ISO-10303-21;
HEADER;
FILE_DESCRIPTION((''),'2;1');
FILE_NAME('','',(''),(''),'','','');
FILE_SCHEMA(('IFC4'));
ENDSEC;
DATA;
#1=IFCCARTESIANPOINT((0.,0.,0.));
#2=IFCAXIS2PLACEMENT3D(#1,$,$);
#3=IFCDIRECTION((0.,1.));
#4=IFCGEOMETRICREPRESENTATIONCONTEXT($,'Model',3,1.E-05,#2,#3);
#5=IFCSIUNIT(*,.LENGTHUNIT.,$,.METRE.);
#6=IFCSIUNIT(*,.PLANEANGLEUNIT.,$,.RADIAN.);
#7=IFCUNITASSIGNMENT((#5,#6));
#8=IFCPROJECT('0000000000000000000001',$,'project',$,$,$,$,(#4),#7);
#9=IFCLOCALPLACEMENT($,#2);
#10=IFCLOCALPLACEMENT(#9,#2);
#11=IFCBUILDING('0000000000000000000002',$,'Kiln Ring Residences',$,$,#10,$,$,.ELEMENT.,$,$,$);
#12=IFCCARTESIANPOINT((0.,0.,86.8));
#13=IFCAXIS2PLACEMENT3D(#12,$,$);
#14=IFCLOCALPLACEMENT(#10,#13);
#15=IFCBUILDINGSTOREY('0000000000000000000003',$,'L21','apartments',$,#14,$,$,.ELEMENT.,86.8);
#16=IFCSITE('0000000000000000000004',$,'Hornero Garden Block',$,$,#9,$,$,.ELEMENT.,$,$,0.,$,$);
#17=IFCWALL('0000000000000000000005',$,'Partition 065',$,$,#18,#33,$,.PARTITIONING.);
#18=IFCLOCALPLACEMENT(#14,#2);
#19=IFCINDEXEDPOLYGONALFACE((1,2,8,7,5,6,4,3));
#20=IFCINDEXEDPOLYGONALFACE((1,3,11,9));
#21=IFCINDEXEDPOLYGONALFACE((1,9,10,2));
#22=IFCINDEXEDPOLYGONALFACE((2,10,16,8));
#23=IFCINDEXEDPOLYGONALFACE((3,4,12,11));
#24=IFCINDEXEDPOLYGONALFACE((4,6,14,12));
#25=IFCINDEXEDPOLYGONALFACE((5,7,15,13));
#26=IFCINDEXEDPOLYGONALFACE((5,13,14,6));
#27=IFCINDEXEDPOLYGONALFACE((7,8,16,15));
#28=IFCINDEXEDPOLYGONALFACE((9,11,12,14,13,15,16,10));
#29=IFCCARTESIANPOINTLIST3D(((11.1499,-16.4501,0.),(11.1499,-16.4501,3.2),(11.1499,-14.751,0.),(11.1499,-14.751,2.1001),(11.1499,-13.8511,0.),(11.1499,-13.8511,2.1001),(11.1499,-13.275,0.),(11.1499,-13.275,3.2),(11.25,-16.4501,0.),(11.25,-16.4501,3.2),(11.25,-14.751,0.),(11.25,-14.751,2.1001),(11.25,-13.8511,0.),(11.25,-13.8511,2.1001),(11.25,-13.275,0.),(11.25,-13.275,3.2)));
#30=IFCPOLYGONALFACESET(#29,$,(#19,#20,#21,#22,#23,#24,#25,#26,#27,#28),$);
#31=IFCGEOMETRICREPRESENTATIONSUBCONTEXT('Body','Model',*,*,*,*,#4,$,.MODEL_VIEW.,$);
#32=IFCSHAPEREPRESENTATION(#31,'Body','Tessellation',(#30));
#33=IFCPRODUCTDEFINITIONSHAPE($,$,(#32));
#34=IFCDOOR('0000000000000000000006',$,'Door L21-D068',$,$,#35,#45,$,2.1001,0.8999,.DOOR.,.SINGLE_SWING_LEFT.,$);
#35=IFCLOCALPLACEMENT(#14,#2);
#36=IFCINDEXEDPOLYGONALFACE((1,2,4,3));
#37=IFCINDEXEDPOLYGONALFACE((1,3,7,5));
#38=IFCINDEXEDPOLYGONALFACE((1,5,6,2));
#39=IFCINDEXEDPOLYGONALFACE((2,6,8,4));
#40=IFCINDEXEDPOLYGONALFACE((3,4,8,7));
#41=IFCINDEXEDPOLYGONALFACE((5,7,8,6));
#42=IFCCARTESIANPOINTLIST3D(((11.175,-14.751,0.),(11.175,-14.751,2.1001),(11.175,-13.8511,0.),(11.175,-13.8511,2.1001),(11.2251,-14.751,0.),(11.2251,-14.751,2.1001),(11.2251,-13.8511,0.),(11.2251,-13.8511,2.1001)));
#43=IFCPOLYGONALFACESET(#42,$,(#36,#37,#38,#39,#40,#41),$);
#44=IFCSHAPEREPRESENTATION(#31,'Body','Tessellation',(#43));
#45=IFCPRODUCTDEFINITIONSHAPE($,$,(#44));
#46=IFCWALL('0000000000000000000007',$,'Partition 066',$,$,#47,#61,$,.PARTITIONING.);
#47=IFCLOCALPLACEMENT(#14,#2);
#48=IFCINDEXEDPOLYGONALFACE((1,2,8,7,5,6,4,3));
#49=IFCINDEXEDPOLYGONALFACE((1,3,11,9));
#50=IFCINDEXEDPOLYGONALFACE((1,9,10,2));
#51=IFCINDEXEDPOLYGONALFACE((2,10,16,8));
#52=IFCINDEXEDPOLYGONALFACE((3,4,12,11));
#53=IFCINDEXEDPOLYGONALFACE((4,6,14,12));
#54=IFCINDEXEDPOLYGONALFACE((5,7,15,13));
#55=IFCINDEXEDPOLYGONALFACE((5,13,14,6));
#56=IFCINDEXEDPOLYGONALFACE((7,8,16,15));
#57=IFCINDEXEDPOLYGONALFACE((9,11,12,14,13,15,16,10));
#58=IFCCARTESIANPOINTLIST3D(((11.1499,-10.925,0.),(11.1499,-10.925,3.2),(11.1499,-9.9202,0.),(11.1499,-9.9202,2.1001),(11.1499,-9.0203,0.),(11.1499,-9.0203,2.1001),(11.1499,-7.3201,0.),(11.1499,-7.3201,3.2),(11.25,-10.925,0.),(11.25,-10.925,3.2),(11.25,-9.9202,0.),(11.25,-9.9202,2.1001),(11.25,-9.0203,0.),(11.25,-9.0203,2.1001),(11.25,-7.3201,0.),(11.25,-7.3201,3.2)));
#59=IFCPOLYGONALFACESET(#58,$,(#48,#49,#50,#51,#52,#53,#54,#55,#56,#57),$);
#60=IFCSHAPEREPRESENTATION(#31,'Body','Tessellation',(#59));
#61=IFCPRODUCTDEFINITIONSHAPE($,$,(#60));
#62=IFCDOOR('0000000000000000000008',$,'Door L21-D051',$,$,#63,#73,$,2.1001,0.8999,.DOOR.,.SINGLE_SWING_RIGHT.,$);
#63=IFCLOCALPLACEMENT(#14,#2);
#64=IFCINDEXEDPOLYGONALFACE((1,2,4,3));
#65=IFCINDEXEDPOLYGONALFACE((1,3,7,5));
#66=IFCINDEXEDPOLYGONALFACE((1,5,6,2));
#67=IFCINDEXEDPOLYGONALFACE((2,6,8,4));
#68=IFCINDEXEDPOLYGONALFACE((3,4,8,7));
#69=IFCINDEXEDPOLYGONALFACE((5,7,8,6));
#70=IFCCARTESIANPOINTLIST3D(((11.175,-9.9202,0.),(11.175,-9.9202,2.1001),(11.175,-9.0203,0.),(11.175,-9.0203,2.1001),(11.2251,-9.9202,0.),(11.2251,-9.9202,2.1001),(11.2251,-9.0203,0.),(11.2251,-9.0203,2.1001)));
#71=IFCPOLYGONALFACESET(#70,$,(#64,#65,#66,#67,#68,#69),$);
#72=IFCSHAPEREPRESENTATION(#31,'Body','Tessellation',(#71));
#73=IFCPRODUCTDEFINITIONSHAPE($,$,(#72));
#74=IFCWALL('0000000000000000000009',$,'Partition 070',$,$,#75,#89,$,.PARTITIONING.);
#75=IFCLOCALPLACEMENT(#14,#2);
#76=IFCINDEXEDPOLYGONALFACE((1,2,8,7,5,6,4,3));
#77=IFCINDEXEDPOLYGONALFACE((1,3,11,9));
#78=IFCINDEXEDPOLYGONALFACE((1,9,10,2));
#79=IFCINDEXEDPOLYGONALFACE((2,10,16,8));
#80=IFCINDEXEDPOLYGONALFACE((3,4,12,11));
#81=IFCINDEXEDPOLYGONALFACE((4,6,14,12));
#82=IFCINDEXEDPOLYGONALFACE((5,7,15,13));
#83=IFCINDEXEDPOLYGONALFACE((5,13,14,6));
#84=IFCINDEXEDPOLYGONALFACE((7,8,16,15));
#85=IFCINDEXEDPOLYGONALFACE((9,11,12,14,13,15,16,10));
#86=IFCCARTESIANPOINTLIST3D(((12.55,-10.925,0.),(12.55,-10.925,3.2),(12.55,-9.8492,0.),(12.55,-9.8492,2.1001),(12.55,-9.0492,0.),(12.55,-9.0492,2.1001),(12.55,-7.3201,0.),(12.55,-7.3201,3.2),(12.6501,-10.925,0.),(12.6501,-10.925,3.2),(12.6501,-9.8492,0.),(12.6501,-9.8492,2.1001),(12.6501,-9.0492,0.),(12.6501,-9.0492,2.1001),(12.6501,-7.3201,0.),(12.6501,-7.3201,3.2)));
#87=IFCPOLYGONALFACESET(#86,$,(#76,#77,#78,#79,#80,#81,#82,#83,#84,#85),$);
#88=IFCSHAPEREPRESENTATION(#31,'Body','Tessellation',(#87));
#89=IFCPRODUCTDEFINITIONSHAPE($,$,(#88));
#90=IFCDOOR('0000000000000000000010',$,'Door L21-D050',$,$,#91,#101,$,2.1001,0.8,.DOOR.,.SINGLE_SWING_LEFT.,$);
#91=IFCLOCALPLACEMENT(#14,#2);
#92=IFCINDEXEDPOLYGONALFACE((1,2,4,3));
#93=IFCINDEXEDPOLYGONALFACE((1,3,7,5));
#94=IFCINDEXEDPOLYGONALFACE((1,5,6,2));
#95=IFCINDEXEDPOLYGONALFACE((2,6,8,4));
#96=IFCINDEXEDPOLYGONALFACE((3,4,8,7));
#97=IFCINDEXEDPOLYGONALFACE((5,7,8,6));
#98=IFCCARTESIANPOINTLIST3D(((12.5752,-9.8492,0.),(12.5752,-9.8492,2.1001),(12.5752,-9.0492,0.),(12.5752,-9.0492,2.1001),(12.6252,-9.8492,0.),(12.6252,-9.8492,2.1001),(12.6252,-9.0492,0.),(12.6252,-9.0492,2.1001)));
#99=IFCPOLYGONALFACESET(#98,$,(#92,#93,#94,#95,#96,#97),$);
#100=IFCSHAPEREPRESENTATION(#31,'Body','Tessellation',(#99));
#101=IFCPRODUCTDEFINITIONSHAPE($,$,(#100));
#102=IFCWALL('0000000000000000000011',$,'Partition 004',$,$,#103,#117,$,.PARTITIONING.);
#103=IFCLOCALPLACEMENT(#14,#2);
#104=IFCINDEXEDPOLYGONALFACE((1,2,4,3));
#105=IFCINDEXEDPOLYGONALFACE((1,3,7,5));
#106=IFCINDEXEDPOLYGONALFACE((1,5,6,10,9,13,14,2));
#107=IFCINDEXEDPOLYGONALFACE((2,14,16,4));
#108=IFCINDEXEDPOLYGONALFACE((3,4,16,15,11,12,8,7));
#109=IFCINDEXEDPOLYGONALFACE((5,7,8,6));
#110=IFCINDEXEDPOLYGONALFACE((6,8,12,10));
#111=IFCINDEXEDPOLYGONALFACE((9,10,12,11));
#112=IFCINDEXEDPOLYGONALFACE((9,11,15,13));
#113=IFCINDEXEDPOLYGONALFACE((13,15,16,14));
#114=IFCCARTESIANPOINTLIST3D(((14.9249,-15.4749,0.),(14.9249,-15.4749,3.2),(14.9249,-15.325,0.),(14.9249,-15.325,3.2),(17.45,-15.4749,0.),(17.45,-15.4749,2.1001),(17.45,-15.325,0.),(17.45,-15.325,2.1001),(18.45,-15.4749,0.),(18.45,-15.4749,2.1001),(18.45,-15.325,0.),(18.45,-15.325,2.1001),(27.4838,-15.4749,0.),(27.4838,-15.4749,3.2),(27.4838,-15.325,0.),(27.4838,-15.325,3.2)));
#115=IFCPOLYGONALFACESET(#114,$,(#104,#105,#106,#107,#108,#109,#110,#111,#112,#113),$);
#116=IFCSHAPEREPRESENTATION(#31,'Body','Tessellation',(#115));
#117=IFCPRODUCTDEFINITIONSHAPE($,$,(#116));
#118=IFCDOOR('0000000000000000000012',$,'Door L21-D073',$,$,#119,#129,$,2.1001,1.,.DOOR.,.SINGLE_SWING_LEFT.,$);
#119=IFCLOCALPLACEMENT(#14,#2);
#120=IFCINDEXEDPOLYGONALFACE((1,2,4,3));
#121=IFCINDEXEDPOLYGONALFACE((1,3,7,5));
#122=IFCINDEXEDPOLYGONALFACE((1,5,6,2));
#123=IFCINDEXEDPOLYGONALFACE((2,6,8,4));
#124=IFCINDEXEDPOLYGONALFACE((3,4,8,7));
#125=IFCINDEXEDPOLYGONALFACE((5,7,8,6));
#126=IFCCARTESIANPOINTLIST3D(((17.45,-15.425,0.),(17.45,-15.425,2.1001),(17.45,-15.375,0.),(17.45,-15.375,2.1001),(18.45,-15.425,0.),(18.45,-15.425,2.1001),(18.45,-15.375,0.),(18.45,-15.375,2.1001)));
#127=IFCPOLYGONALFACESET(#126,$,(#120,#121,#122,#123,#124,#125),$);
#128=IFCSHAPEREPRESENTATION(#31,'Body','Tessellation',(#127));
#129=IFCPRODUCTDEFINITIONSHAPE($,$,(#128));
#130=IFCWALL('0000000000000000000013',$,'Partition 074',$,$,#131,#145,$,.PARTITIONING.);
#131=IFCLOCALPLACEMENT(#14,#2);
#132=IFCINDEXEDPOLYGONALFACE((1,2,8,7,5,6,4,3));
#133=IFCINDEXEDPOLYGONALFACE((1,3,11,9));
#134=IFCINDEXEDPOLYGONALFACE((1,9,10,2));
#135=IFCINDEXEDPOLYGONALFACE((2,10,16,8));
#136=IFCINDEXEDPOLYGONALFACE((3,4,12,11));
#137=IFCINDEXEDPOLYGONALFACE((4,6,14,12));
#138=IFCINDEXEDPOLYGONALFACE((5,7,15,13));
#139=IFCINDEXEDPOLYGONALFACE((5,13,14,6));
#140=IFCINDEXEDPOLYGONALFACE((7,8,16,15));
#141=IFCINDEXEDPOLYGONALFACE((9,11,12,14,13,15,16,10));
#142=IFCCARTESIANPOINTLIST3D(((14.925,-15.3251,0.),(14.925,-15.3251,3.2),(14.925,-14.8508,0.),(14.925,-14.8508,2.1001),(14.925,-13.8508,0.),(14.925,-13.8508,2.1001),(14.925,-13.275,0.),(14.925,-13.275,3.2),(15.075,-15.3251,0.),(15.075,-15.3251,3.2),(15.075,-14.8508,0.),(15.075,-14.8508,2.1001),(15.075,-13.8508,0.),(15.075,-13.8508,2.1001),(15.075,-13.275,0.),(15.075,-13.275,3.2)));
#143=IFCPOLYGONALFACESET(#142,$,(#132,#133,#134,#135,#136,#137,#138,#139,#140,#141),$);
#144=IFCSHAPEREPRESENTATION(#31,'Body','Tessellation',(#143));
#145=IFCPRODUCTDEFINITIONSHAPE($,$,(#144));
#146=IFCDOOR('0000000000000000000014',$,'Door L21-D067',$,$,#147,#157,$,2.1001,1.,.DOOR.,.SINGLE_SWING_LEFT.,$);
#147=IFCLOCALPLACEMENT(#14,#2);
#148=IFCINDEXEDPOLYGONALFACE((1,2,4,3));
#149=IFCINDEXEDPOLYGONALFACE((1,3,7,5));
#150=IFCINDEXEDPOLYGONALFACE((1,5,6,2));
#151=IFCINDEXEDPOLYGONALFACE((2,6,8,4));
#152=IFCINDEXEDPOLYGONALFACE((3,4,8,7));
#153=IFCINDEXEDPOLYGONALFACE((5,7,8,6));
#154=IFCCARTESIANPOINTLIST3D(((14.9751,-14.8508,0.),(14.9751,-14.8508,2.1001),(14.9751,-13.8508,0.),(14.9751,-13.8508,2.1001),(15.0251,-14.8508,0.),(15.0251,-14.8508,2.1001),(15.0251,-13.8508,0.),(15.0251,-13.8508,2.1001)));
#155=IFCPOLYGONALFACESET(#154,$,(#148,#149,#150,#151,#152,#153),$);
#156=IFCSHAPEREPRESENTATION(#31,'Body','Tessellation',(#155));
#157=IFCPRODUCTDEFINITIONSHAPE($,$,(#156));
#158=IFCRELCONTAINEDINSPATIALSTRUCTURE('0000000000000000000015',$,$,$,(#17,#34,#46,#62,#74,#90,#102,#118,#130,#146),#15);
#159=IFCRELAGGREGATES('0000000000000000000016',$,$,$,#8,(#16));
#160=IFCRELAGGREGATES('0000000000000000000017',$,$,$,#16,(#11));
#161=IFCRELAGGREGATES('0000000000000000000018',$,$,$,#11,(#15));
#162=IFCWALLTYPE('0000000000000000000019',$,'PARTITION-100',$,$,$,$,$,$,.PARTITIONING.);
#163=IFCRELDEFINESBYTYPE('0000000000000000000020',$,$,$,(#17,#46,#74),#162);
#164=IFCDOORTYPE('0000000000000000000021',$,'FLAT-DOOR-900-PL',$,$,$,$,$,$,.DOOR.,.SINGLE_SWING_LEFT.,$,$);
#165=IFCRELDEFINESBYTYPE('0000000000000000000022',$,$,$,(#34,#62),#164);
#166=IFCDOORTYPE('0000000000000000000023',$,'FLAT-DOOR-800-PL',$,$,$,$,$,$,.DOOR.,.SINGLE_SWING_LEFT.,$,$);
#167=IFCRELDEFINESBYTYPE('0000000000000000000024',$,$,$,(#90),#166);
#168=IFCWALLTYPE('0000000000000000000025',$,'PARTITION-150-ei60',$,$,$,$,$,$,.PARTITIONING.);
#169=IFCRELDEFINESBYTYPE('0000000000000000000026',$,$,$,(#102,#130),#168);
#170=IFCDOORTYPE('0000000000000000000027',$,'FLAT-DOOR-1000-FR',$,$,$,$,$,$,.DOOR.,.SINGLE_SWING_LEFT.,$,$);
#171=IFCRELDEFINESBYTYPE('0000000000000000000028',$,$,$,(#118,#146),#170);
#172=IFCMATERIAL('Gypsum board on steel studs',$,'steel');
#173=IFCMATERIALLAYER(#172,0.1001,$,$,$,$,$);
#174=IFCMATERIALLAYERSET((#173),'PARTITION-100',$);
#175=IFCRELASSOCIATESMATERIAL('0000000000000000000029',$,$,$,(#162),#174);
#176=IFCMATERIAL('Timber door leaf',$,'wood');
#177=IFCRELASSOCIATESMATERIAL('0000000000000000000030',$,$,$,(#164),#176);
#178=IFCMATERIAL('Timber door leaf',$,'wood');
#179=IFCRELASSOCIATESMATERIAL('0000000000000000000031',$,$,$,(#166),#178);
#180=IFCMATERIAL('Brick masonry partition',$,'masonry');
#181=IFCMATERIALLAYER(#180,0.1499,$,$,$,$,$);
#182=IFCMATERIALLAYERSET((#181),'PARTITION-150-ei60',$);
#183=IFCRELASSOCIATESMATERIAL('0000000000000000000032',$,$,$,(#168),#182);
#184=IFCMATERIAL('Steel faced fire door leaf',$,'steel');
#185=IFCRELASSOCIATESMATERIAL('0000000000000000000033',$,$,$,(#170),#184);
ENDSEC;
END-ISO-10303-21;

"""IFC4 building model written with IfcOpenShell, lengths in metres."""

from ifc_helpers import new_model, si_unit, direction, frame, frame_2d, origin, place, context, subcontext, project, spatial, rectangle, extrude, material, layer, layer_set, type_object, element, fill, save


model = new_model("IFC4")

# Units and contexts
model_context = context("Model", 3, precision=1e-05, world=origin(), true_north=direction((0.0, 1.0)))
body_context = subcontext(model_context, "Body", "Model", "MODEL_VIEW")
ifc_project = project(units=[si_unit("LENGTHUNIT", "METRE"), si_unit("PLANEANGLEUNIT", "RADIAN")], contexts=[model_context])

# Site, building, storey
site_placement = place(None, origin())
site = spatial("IfcSite", under=ifc_project, at=site_placement, Name="Hornero Garden Block", CompositionType="ELEMENT", RefElevation=0.0)
building_placement = place(site_placement, origin())
building = spatial("IfcBuilding", under=site, at=building_placement, Name="Kiln Ring Residences", CompositionType="ELEMENT")
storey_placement = place(building_placement, frame((0.0, 0.0, 86.8)))
storey = spatial("IfcBuildingStorey", under=building, at=storey_placement, Name="L21", Description="apartments", CompositionType="ELEMENT", Elevation=86.8)

# Walls, openings, doors
ifc_material_1 = material(Name="Gypsum board on steel studs", Category="steel")
ifc_layer_1 = layer(ifc_material_1, 0.1001)
ifc_layer_set_1 = layer_set([ifc_layer_1], Name="PARTITION-100")
wall_type_1 = type_object("IfcWallType", Name="PARTITION-100", PredefinedType="PARTITIONING", material=ifc_layer_set_1)
wall_1_placement = place(storey_placement, frame((11.2, -16.45, 0.0), z_axis=(0.0, 0.0, 1.0), x_axis=(0.0, 1.0, 0.0)))
wall_1 = element("IfcWall", 1, at=wall_1_placement, inside=storey, type_object=wall_type_1, Name="Partition 065", PredefinedType="PARTITIONING", context=body_context, shape_type="SweptSolid", body=[
    extrude(rectangle(XDim=3.175, YDim=0.1001, at=frame_2d((1.5874, 0.0))), origin(), (0.0, 0.0, 1.0), 3.2),
])
opening_1_placement = place(wall_1_placement, frame((1.699, 0.0, 0.0)))
opening_1 = element("IfcOpeningElement", 2, at=opening_1_placement, cuts=wall_1, PredefinedType="OPENING", context=body_context, shape_type="SweptSolid", body=[
    extrude(rectangle(XDim=0.8999, YDim=2.1001, at=frame_2d((0.45, 1.05))), frame((0.0, 0.0601, 0.0), z_axis=(0.0, -1.0, 0.0), x_axis=(1.0, 0.0, 0.0)), (0.0, 0.0, 1.0), 0.1201),
])
ifc_material_2 = material(Name="Timber door leaf", Category="wood")
door_type_1 = type_object("IfcDoorType", Name="FLAT-DOOR-900-PL", OperationType="SINGLE_SWING_LEFT", PredefinedType="DOOR", material=ifc_material_2)
door_1_placement = place(opening_1_placement, origin())
door_1 = element("IfcDoor", 3, at=door_1_placement, inside=storey, type_object=door_type_1, Name="Door L21-D068", OperationType="SINGLE_SWING_LEFT", OverallHeight=2.1001, OverallWidth=0.8999, PredefinedType="DOOR", context=body_context, shape_type="SweptSolid", body=[
    extrude(rectangle(XDim=0.8999, YDim=2.1001, at=frame_2d((0.45, 1.05))), frame((0.0, 0.0249, 0.0), z_axis=(0.0, -1.0, 0.0), x_axis=(1.0, 0.0, 0.0)), (0.0, 0.0, 1.0), 0.05),
])
fill(opening_1, door_1)
wall_2_placement = place(storey_placement, frame((11.2, -10.925, 0.0), z_axis=(0.0, 0.0, 1.0), x_axis=(0.0, 1.0, 0.0)))
wall_2 = element("IfcWall", 4, at=wall_2_placement, inside=storey, type_object=wall_type_1, Name="Partition 066", PredefinedType="PARTITIONING", context=body_context, shape_type="SweptSolid", body=[
    extrude(rectangle(XDim=3.605, YDim=0.1001, at=frame_2d((1.8025, 0.0))), origin(), (0.0, 0.0, 1.0), 3.2),
])
opening_2_placement = place(wall_2_placement, frame((1.0049, 0.0, 0.0)))
opening_2 = element("IfcOpeningElement", 5, at=opening_2_placement, cuts=wall_2, PredefinedType="OPENING", context=body_context, shape_type="SweptSolid", body=[
    extrude(rectangle(XDim=0.8999, YDim=2.1001, at=frame_2d((0.45, 1.05))), frame((0.0, 0.0601, 0.0), z_axis=(0.0, -1.0, 0.0), x_axis=(1.0, 0.0, 0.0)), (0.0, 0.0, 1.0), 0.1201),
])
door_2_placement = place(opening_2_placement, origin())
door_2 = element("IfcDoor", 6, at=door_2_placement, inside=storey, type_object=door_type_1, Name="Door L21-D051", OperationType="SINGLE_SWING_RIGHT", OverallHeight=2.1001, OverallWidth=0.8999, PredefinedType="DOOR", context=body_context, shape_type="SweptSolid", body=[
    extrude(rectangle(XDim=0.8999, YDim=2.1001, at=frame_2d((0.45, 1.05))), frame((0.0, 0.0249, 0.0), z_axis=(0.0, -1.0, 0.0), x_axis=(1.0, 0.0, 0.0)), (0.0, 0.0, 1.0), 0.05),
])
fill(opening_2, door_2)
wall_3_placement = place(storey_placement, frame((12.6001, -10.925, 0.0), z_axis=(0.0, 0.0, 1.0), x_axis=(0.0, 1.0, 0.0)))
wall_3 = element("IfcWall", 7, at=wall_3_placement, inside=storey, type_object=wall_type_1, Name="Partition 070", PredefinedType="PARTITIONING", context=body_context, shape_type="SweptSolid", body=[
    extrude(rectangle(XDim=3.605, YDim=0.1001, at=frame_2d((1.8025, 0.0))), origin(), (0.0, 0.0, 1.0), 3.2),
])
opening_3_placement = place(wall_3_placement, frame((1.0759, 0.0, 0.0)))
opening_3 = element("IfcOpeningElement", 8, at=opening_3_placement, cuts=wall_3, PredefinedType="OPENING", context=body_context, shape_type="SweptSolid", body=[
    extrude(rectangle(XDim=0.8, YDim=2.1001, at=frame_2d((0.3999, 1.05))), frame((0.0, 0.0601, 0.0), z_axis=(0.0, -1.0, 0.0), x_axis=(1.0, 0.0, 0.0)), (0.0, 0.0, 1.0), 0.1201),
])
ifc_material_3 = material(Name="Timber door leaf", Category="wood")
door_type_2 = type_object("IfcDoorType", Name="FLAT-DOOR-800-PL", OperationType="SINGLE_SWING_LEFT", PredefinedType="DOOR", material=ifc_material_3)
door_3_placement = place(opening_3_placement, origin())
door_3 = element("IfcDoor", 9, at=door_3_placement, inside=storey, type_object=door_type_2, Name="Door L21-D050", OperationType="SINGLE_SWING_LEFT", OverallHeight=2.1001, OverallWidth=0.8, PredefinedType="DOOR", context=body_context, shape_type="SweptSolid", body=[
    extrude(rectangle(XDim=0.8, YDim=2.1001, at=frame_2d((0.3999, 1.05))), frame((0.0, 0.0249, 0.0), z_axis=(0.0, -1.0, 0.0), x_axis=(1.0, 0.0, 0.0)), (0.0, 0.0, 1.0), 0.05),
])
fill(opening_3, door_3)
ifc_material_4 = material(Name="Brick masonry partition", Category="masonry")
ifc_layer_2 = layer(ifc_material_4, 0.1499)
ifc_layer_set_2 = layer_set([ifc_layer_2], Name="PARTITION-150-ei60")
wall_type_2 = type_object("IfcWallType", Name="PARTITION-150-ei60", PredefinedType="PARTITIONING", material=ifc_layer_set_2)
wall_4_placement = place(storey_placement, frame((14.925, -15.3999, 0.0), z_axis=(0.0, 0.0, 1.0), x_axis=(1.0, 0.0, 0.0)))
wall_4 = element("IfcWall", 10, at=wall_4_placement, inside=storey, type_object=wall_type_2, Name="Partition 004", PredefinedType="PARTITIONING", context=body_context, shape_type="SweptSolid", body=[
    extrude(rectangle(XDim=12.5588, YDim=0.1499, at=frame_2d((6.2793, 0.0))), origin(), (0.0, 0.0, 1.0), 3.2),
])
opening_4_placement = place(wall_4_placement, frame((2.5249, 0.0, 0.0)))
opening_4 = element("IfcOpeningElement", 11, at=opening_4_placement, cuts=wall_4, PredefinedType="OPENING", context=body_context, shape_type="SweptSolid", body=[
    extrude(rectangle(XDim=1.0, YDim=2.1001, at=frame_2d((0.5, 1.05))), frame((0.0, 0.085, 0.0), z_axis=(0.0, -1.0, 0.0), x_axis=(1.0, 0.0, 0.0)), (0.0, 0.0, 1.0), 0.1699),
])
ifc_material_5 = material(Name="Steel faced fire door leaf", Category="steel")
door_type_3 = type_object("IfcDoorType", Name="FLAT-DOOR-1000-FR", OperationType="SINGLE_SWING_LEFT", PredefinedType="DOOR", material=ifc_material_5)
door_4_placement = place(opening_4_placement, origin())
door_4 = element("IfcDoor", 12, at=door_4_placement, inside=storey, type_object=door_type_3, Name="Door L21-D073", OperationType="SINGLE_SWING_LEFT", OverallHeight=2.1001, OverallWidth=1.0, PredefinedType="DOOR", context=body_context, shape_type="SweptSolid", body=[
    extrude(rectangle(XDim=1.0, YDim=2.1001, at=frame_2d((0.5, 1.05))), frame((0.0, 0.0249, 0.0), z_axis=(0.0, -1.0, 0.0), x_axis=(1.0, 0.0, 0.0)), (0.0, 0.0, 1.0), 0.05),
])
fill(opening_4, door_4)
wall_5_placement = place(storey_placement, frame((15.0, -15.325, 0.0), z_axis=(0.0, 0.0, 1.0), x_axis=(0.0, 1.0, 0.0)))
wall_5 = element("IfcWall", 13, at=wall_5_placement, inside=storey, type_object=wall_type_2, Name="Partition 074", PredefinedType="PARTITIONING", context=body_context, shape_type="SweptSolid", body=[
    extrude(rectangle(XDim=2.05, YDim=0.1499, at=frame_2d((1.0249, 0.0))), origin(), (0.0, 0.0, 1.0), 3.2),
])
opening_5_placement = place(wall_5_placement, frame((0.4741, 0.0, 0.0)))
opening_5 = element("IfcOpeningElement", 14, at=opening_5_placement, cuts=wall_5, PredefinedType="OPENING", context=body_context, shape_type="SweptSolid", body=[
    extrude(rectangle(XDim=1.0, YDim=2.1001, at=frame_2d((0.5, 1.05))), frame((0.0, 0.085, 0.0), z_axis=(0.0, -1.0, 0.0), x_axis=(1.0, 0.0, 0.0)), (0.0, 0.0, 1.0), 0.1699),
])
door_5_placement = place(opening_5_placement, origin())
door_5 = element("IfcDoor", 15, at=door_5_placement, inside=storey, type_object=door_type_3, Name="Door L21-D067", OperationType="SINGLE_SWING_LEFT", OverallHeight=2.1001, OverallWidth=1.0, PredefinedType="DOOR", context=body_context, shape_type="SweptSolid", body=[
    extrude(rectangle(XDim=1.0, YDim=2.1001, at=frame_2d((0.5, 1.05))), frame((0.0, 0.0249, 0.0), z_axis=(0.0, -1.0, 0.0), x_axis=(1.0, 0.0, 0.0)), (0.0, 0.0, 1.0), 0.05),
])
fill(opening_5, door_5)

save(model, "model.ifc")
